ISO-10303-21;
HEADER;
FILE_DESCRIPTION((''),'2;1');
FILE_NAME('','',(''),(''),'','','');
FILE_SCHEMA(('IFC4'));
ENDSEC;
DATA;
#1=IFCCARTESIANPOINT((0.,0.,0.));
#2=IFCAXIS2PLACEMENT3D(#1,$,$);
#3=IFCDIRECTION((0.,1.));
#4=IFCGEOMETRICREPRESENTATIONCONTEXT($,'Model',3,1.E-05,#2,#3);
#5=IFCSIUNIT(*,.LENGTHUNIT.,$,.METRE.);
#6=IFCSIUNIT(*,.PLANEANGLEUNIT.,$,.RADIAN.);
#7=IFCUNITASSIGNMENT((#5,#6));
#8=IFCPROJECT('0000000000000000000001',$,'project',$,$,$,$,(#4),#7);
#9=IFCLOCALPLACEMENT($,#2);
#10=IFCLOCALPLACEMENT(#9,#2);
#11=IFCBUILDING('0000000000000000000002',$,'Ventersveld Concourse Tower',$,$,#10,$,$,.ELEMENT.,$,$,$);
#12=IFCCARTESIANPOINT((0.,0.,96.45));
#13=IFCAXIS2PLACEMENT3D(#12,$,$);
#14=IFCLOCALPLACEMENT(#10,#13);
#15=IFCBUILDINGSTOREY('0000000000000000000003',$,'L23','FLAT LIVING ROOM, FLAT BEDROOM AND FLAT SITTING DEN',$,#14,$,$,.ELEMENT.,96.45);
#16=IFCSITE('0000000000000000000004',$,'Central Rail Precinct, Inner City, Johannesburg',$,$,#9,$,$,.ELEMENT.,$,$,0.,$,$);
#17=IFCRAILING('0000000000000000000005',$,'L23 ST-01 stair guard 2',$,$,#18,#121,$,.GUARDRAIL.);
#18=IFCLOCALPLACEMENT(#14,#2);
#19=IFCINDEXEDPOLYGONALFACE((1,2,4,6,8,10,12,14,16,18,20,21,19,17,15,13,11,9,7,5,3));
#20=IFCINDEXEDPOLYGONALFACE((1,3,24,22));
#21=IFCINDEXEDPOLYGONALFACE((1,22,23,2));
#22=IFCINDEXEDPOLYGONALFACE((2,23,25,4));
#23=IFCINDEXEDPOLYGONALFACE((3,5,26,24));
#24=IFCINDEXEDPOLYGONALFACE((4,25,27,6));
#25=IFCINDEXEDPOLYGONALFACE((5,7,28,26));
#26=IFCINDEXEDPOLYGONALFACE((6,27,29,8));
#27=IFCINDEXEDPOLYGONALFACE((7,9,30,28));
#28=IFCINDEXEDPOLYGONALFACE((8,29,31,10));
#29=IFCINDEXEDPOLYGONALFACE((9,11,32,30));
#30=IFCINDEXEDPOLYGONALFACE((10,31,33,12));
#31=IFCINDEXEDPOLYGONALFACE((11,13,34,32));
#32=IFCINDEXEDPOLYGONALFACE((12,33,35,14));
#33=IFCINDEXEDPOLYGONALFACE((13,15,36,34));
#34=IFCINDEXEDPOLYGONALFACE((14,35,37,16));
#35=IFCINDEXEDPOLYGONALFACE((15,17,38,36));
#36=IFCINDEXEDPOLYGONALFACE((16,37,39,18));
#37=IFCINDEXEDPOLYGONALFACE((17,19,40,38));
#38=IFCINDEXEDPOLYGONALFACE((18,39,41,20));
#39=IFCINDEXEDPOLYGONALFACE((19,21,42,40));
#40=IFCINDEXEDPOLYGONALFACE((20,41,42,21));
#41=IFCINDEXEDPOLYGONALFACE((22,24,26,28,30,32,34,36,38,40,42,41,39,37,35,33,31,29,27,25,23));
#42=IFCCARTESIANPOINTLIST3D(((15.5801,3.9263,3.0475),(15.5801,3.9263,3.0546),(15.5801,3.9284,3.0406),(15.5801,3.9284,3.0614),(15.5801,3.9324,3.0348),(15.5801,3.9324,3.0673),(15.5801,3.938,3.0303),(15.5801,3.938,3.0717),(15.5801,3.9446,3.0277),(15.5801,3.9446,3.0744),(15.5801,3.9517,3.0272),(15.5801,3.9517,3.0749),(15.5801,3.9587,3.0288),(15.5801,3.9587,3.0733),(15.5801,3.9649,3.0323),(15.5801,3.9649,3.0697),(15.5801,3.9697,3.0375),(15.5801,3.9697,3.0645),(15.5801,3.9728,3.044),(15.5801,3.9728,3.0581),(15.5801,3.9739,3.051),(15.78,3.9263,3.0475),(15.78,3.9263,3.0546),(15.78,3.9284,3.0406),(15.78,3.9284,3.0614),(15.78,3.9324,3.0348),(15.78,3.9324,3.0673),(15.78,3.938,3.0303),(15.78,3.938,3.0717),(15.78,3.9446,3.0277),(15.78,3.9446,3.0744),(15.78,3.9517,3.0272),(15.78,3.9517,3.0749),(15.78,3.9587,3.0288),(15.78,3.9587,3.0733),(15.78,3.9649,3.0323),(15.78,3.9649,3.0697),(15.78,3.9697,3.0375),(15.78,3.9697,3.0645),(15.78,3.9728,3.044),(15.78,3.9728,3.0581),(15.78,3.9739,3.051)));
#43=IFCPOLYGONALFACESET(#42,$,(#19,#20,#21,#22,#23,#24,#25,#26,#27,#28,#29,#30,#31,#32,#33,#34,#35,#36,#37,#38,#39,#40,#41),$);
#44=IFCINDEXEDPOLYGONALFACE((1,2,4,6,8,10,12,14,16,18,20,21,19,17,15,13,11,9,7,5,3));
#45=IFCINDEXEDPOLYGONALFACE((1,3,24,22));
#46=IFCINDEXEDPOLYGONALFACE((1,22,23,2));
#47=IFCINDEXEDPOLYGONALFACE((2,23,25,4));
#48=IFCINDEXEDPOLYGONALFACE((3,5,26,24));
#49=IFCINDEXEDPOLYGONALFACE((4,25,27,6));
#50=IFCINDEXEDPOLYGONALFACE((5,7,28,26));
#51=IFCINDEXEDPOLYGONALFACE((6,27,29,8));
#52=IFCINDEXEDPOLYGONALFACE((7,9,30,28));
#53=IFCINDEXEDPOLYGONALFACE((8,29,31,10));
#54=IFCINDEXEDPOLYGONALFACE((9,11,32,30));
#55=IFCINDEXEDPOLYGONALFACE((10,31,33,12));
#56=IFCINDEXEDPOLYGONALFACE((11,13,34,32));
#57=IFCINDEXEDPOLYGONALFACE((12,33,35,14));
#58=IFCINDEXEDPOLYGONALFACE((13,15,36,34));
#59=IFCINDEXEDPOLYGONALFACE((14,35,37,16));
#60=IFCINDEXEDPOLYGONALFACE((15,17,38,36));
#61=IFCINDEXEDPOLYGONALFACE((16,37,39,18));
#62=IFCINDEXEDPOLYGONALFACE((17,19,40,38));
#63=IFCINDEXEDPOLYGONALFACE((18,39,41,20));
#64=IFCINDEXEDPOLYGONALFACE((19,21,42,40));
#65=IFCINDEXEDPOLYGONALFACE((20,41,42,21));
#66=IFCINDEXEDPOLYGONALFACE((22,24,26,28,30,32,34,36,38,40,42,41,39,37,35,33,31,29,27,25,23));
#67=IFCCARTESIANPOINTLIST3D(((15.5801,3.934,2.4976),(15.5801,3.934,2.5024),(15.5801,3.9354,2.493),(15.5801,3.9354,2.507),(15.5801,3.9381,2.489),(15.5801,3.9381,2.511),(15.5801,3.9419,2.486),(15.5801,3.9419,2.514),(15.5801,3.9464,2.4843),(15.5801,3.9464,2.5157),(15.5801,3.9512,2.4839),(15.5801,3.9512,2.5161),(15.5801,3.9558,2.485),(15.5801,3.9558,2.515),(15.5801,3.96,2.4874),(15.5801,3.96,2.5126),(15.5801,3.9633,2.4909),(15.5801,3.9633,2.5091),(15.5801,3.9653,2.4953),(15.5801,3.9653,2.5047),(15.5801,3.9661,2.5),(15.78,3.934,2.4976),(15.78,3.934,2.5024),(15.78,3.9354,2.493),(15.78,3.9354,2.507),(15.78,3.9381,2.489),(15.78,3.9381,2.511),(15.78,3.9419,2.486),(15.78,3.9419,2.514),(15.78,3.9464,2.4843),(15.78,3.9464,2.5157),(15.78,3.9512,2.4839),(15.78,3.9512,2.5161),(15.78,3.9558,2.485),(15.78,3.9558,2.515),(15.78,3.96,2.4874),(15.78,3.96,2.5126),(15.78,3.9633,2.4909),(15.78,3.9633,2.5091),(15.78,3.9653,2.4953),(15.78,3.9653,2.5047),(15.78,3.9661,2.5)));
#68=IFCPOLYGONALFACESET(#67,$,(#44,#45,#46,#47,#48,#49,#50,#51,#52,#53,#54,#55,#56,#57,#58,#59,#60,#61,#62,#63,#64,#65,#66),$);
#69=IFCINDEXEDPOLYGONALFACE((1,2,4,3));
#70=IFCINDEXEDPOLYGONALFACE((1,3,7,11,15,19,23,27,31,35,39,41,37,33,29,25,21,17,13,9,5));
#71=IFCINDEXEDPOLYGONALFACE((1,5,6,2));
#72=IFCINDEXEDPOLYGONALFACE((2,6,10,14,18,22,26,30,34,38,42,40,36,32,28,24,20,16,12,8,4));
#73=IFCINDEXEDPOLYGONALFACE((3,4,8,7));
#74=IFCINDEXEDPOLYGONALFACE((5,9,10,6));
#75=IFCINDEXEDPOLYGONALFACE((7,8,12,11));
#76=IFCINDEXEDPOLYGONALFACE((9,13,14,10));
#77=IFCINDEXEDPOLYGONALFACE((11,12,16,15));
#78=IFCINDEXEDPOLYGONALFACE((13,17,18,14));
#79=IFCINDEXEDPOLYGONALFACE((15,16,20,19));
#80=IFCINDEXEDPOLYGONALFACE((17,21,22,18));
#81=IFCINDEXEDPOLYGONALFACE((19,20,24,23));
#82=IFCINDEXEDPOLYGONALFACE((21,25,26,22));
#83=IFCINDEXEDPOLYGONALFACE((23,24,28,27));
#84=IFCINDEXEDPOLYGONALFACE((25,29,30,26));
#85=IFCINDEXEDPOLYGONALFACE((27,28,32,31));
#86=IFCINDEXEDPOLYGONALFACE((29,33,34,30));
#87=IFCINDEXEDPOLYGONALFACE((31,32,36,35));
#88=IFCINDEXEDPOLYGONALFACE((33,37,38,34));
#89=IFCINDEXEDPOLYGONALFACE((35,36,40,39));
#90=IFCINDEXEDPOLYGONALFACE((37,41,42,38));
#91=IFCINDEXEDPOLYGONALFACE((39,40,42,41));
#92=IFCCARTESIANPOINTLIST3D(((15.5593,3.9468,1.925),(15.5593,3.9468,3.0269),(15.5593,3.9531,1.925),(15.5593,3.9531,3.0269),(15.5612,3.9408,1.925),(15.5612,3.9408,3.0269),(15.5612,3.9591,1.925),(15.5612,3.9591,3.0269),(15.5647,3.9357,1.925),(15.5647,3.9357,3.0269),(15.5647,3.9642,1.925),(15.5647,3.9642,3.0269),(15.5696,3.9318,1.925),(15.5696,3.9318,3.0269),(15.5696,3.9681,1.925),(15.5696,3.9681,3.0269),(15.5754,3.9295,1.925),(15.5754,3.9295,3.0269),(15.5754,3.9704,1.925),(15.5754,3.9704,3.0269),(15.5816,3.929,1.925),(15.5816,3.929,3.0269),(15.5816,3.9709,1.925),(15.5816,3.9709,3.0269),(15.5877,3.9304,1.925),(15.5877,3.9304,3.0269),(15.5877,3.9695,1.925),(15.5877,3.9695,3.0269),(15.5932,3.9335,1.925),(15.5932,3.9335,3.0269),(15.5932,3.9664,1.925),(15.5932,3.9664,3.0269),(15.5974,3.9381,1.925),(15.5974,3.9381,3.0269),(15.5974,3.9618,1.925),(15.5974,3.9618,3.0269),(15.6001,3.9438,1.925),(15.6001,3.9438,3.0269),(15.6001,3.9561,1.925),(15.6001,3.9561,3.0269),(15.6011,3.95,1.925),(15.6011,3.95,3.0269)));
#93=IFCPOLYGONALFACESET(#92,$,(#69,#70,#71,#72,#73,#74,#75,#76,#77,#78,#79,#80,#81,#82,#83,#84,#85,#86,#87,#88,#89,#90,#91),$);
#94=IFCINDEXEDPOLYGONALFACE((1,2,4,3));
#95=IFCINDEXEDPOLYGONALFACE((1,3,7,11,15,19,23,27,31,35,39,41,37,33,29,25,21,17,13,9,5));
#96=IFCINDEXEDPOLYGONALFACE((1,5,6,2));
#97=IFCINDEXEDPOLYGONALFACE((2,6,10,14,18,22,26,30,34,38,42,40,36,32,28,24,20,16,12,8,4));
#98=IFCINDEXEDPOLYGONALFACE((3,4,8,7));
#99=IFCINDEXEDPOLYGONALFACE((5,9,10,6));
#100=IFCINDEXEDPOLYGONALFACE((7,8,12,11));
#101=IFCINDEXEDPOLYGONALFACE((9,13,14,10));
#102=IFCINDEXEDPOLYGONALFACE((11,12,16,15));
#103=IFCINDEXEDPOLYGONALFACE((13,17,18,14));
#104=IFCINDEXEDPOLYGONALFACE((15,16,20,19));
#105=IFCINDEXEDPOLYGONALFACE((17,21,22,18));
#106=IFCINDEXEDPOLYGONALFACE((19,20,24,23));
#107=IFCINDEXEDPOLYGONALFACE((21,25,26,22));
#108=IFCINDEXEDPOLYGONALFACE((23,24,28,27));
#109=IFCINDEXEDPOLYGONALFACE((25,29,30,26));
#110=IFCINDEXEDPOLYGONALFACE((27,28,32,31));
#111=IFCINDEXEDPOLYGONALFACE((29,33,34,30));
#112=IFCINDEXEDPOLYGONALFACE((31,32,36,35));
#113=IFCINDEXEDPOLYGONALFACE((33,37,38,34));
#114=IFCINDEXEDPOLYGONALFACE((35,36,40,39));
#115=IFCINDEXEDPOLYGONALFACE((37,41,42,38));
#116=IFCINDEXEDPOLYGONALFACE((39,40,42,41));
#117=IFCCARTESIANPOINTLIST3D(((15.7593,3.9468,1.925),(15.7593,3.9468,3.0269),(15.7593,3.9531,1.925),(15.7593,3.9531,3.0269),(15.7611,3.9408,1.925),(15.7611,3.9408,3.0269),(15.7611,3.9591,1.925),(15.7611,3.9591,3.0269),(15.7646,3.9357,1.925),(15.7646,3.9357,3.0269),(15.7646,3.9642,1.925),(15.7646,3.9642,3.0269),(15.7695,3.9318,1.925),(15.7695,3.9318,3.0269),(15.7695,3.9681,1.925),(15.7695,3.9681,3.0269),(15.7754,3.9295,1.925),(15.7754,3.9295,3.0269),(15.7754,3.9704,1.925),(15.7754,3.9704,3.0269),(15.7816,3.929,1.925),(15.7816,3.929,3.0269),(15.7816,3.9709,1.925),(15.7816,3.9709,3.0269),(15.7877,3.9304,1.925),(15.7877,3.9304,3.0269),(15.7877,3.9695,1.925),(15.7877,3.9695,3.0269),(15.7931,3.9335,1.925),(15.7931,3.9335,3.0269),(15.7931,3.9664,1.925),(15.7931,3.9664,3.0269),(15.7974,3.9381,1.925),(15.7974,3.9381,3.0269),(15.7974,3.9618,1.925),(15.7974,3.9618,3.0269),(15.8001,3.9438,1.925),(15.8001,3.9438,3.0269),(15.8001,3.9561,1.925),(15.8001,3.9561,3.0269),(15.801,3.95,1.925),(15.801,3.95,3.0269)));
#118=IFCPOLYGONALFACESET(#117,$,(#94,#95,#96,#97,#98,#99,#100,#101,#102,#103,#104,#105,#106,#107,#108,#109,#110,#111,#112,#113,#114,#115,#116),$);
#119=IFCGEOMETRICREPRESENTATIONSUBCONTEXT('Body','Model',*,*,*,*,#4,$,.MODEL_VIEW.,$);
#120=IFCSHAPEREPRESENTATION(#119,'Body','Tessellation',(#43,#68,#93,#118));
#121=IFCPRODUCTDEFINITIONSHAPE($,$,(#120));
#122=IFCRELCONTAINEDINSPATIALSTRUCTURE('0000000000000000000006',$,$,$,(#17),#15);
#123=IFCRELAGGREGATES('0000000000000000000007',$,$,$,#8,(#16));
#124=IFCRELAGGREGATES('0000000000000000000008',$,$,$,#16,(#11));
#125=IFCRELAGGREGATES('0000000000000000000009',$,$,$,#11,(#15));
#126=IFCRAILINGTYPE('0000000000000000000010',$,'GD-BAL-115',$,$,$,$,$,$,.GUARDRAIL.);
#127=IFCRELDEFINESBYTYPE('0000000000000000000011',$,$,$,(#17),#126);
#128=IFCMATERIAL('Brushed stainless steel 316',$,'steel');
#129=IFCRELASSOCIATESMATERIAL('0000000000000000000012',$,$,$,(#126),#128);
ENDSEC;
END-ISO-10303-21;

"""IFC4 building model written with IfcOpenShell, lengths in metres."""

from ifc_helpers import new_model, si_unit, direction, frame, origin, origin_2d, place, context, subcontext, project, spatial, circle, extrude, material, type_object, element, save


model = new_model("IFC4")

# Units and contexts
model_context = context("Model", 3, precision=1e-05, world=origin(), true_north=direction((0.0, 1.0)))
body_context = subcontext(model_context, "Body", "Model", "MODEL_VIEW")
ifc_project = project(units=[si_unit("LENGTHUNIT", "METRE"), si_unit("PLANEANGLEUNIT", "RADIAN")], contexts=[model_context])

# Site, building, storey
site_placement = place(None, origin())
site = spatial("IfcSite", under=ifc_project, at=site_placement, Name="Central Rail Precinct, Inner City, Johannesburg", CompositionType="ELEMENT", RefElevation=0.0)
building_placement = place(site_placement, origin())
building = spatial("IfcBuilding", under=site, at=building_placement, Name="Ventersveld Concourse Tower", CompositionType="ELEMENT")
storey_placement = place(building_placement, frame((0.0, 0.0, 96.45)))
storey = spatial("IfcBuildingStorey", under=building, at=storey_placement, Name="L23", Description="FLAT LIVING ROOM, FLAT BEDROOM AND FLAT SITTING DEN", CompositionType="ELEMENT", Elevation=96.45)

# Railing
ifc_material_1 = material(Name="Brushed stainless steel 316", Category="steel")
railing_type_1 = type_object("IfcRailingType", Name="GD-BAL-115", PredefinedType="GUARDRAIL", material=ifc_material_1)
railing_1_placement = place(storey_placement, frame((15.5801, 3.95, 1.925)))
element("IfcRailing", 1, at=railing_1_placement, inside=storey, type_object=railing_type_1, Name="L23 ST-01 stair guard 2", PredefinedType="GUARDRAIL", context=body_context, shape_type="SweptSolid", body=[
    extrude(circle(Radius=0.0239, at=origin_2d()), frame((0.0, 0.0, 1.126), z_axis=(1.0, 0.0, 0.0), x_axis=(0.0, 1.0, 0.0)), (0.0, 0.0, 1.0), 0.2),
    extrude(circle(Radius=0.0161, at=origin_2d()), frame((0.0, 0.0, 0.575), z_axis=(1.0, 0.0, 0.0), x_axis=(0.0, 1.0, 0.0)), (0.0, 0.0, 1.0), 0.2),
    extrude(circle(Radius=0.021, at=origin_2d()), origin(), (0.0, 0.0, 1.0), 1.1018),
    extrude(circle(Radius=0.021, at=origin_2d()), frame((0.2, 0.0, 0.0)), (0.0, 0.0, 1.0), 1.1018),
])

save(model, "model.ifc")
